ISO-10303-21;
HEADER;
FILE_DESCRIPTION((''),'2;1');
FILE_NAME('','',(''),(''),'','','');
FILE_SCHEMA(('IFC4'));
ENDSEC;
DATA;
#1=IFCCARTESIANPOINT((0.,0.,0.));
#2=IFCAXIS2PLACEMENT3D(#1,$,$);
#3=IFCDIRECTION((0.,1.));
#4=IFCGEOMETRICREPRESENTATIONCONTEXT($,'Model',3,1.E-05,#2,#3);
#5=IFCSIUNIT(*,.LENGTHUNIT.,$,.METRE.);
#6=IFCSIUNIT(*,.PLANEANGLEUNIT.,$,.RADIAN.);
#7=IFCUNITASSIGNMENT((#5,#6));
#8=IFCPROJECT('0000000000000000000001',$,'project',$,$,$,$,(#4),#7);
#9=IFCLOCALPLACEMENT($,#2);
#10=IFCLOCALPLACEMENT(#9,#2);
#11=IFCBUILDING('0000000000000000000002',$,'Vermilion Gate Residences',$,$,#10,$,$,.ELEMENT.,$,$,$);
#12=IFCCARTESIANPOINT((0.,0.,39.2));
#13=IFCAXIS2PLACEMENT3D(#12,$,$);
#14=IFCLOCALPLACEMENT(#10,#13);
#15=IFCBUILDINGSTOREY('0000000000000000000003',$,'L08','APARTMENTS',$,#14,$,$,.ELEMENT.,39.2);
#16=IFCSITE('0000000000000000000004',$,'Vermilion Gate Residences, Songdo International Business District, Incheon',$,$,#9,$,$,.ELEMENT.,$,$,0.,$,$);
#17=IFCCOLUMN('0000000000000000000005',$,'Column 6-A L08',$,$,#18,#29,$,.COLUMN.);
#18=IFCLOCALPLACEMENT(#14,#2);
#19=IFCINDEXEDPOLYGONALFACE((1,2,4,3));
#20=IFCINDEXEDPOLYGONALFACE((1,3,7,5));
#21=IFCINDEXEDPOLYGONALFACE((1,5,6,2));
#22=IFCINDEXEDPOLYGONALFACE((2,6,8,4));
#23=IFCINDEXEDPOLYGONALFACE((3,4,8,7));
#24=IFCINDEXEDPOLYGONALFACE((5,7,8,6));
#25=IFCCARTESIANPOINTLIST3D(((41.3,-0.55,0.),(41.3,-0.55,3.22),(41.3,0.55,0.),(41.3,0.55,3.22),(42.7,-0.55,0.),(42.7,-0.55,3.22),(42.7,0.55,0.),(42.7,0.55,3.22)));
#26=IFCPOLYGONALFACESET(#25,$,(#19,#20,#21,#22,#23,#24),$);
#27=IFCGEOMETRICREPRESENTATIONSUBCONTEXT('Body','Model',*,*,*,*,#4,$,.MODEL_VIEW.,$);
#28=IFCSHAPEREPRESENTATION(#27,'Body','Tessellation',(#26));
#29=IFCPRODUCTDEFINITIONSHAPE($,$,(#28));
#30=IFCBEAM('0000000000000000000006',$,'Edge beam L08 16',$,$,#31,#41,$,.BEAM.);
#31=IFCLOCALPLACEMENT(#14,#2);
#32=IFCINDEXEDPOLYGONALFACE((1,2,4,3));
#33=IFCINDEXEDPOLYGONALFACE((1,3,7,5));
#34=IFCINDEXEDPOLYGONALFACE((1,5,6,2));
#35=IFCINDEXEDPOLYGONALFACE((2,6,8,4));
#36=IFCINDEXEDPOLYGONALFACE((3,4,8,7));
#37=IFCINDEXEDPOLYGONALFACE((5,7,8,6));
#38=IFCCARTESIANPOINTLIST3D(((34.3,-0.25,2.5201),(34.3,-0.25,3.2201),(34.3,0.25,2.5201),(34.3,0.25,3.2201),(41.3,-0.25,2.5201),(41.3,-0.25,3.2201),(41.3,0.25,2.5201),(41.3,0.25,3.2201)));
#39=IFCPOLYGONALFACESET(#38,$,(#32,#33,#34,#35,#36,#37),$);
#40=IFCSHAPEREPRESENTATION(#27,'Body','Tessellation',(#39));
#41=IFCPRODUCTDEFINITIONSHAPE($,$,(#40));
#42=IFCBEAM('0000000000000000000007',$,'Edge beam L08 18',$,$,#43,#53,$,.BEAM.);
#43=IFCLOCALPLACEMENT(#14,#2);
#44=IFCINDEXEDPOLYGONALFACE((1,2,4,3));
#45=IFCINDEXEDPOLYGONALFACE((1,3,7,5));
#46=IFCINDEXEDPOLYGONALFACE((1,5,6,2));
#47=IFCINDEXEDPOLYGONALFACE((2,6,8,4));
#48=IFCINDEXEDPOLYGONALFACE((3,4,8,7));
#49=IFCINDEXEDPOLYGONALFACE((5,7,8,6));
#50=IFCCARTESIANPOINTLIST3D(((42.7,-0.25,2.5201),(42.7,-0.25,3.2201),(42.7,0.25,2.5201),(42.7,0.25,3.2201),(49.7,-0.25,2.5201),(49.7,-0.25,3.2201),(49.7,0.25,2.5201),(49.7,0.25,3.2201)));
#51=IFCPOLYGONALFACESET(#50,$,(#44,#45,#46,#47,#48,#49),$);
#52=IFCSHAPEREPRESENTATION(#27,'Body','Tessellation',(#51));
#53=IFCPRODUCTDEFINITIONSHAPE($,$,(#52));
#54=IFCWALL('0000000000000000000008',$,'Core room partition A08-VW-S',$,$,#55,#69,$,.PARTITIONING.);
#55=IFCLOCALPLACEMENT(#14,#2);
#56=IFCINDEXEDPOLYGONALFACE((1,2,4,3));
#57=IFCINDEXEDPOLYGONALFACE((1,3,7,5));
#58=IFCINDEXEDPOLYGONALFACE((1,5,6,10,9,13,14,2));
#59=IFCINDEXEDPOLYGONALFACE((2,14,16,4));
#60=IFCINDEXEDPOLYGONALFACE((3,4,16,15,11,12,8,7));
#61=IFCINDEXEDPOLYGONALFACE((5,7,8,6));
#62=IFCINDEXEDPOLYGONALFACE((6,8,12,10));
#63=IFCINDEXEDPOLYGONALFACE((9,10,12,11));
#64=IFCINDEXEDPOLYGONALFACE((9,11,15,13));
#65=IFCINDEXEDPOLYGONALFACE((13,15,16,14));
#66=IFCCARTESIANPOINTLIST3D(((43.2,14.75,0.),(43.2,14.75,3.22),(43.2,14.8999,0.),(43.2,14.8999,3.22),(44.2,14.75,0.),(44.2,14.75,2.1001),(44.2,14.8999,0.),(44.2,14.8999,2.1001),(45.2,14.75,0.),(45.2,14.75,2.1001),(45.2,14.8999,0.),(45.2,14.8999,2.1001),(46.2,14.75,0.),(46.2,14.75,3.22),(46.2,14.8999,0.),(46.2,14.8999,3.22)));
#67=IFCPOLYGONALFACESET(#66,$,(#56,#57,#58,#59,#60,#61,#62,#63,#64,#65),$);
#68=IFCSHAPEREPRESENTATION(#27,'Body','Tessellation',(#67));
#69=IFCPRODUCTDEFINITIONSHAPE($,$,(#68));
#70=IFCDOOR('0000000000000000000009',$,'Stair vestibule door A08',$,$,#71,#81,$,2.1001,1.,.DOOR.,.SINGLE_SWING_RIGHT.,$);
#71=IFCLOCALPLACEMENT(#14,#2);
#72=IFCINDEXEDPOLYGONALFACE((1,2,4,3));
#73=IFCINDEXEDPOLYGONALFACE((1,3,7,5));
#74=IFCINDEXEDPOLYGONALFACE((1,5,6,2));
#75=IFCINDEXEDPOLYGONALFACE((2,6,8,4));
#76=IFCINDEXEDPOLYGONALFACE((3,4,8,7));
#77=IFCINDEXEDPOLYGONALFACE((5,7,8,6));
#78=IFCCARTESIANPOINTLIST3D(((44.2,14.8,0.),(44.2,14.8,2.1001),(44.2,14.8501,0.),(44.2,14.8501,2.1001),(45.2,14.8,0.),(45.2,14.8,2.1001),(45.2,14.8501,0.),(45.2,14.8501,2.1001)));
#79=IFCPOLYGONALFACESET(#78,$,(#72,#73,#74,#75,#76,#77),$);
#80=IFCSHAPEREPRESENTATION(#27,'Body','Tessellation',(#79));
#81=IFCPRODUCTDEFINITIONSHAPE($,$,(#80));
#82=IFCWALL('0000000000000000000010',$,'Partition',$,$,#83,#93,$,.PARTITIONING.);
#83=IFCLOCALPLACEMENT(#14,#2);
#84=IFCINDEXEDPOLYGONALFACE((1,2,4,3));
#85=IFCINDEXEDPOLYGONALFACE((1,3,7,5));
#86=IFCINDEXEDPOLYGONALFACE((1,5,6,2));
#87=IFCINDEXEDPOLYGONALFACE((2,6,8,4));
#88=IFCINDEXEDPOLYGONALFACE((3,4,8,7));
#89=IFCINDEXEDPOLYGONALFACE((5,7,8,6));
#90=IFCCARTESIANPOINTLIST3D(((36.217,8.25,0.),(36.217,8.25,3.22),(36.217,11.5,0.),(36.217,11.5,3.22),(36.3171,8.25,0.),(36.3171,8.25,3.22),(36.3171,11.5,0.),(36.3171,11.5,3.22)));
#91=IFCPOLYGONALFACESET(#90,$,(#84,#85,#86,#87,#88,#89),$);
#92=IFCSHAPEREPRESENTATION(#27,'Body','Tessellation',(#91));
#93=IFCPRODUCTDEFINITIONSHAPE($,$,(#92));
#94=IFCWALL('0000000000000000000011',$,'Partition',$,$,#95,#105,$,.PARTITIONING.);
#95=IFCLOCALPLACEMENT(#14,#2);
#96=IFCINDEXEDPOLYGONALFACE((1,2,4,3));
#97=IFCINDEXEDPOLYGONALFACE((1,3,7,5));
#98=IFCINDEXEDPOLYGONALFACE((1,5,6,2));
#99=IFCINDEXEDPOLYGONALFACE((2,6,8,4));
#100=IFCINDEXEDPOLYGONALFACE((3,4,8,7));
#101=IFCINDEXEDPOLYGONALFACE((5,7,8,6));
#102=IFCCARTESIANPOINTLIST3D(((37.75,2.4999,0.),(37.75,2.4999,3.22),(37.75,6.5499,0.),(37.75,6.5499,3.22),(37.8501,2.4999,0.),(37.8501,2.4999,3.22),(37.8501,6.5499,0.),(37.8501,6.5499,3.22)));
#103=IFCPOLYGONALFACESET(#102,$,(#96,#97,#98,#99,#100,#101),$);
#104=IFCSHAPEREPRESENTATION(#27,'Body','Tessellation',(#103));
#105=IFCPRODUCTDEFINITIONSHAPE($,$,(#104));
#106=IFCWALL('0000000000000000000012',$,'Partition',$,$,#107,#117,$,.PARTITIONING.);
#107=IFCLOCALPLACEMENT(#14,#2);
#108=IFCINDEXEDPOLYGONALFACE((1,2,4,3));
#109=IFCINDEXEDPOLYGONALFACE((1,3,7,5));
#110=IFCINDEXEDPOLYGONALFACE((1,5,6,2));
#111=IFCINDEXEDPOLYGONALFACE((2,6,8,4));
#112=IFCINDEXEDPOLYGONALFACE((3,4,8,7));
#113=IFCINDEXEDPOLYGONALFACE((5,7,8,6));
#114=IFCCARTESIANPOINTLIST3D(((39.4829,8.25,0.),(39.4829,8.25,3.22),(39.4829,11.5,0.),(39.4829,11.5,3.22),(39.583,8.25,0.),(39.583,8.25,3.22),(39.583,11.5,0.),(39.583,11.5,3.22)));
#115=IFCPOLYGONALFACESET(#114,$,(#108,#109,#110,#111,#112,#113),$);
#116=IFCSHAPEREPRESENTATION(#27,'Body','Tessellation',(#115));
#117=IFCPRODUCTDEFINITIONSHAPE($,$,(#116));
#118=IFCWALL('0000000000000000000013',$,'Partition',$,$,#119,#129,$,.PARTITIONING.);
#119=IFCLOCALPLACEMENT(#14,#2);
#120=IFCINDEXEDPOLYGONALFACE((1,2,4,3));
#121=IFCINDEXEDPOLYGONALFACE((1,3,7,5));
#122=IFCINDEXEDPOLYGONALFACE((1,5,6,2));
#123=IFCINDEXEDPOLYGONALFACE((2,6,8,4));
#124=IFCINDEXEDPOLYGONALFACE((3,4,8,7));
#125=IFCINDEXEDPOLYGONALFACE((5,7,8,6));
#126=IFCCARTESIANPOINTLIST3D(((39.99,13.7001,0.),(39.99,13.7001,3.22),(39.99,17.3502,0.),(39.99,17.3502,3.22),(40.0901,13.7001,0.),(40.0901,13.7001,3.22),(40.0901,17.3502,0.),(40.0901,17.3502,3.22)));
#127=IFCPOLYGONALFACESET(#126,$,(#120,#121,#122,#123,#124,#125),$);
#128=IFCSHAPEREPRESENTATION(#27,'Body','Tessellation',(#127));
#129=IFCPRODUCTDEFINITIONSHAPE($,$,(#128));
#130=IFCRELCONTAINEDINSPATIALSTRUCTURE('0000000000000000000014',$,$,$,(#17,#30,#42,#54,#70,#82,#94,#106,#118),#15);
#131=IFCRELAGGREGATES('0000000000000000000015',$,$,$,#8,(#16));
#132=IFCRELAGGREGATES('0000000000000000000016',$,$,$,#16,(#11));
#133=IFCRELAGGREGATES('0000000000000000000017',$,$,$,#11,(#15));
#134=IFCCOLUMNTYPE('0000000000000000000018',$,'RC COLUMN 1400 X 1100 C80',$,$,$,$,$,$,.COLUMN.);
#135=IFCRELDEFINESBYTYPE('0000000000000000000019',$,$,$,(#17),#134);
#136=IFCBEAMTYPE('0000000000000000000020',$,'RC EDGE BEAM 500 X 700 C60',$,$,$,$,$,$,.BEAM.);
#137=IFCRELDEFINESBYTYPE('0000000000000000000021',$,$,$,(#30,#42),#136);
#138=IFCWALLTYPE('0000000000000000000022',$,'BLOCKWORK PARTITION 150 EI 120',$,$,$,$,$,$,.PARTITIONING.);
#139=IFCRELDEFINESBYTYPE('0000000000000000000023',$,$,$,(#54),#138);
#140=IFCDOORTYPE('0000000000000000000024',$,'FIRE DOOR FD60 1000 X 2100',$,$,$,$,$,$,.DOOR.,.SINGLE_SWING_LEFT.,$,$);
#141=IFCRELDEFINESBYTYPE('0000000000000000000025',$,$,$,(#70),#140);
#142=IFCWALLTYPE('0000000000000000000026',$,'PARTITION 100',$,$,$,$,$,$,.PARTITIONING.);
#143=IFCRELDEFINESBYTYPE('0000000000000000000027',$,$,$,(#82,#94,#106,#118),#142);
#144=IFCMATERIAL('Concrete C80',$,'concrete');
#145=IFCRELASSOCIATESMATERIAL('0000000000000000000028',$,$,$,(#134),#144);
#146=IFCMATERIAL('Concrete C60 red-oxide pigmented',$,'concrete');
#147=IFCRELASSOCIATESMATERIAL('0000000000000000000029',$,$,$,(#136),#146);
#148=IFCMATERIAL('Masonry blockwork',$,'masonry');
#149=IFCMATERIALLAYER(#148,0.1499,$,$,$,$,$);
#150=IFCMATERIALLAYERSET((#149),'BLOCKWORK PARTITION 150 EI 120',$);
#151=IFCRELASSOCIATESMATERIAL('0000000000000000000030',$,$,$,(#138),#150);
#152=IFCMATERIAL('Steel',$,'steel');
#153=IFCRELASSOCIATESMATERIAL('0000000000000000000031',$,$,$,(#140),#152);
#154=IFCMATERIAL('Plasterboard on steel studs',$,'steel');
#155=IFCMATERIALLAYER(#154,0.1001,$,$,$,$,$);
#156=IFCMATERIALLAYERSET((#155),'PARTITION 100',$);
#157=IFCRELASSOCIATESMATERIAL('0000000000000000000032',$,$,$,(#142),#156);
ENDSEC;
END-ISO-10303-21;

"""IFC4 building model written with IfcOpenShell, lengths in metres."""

from ifc_helpers import new_model, si_unit, direction, frame, frame_2d, origin, origin_2d, place, context, subcontext, project, spatial, rectangle, extrude, material, layer, layer_set, material_profile, profile_set, type_object, element, fill, save


model = new_model("IFC4")

# Units and contexts
model_context = context("Model", 3, precision=1e-05, world=origin(), true_north=direction((0.0, 1.0)))
body_context = subcontext(model_context, "Body", "Model", "MODEL_VIEW")
ifc_project = project(units=[si_unit("LENGTHUNIT", "METRE"), si_unit("PLANEANGLEUNIT", "RADIAN")], contexts=[model_context])

# Site, building, storey
site_placement = place(None, origin())
site = spatial("IfcSite", under=ifc_project, at=site_placement, Name="Vermilion Gate Residences, Songdo International Business District, Incheon", CompositionType="ELEMENT", RefElevation=0.0)
building_placement = place(site_placement, origin())
building = spatial("IfcBuilding", under=site, at=building_placement, Name="Vermilion Gate Residences", CompositionType="ELEMENT")
storey_placement = place(building_placement, frame((0.0, 0.0, 39.2)))
storey = spatial("IfcBuildingStorey", under=building, at=storey_placement, Name="L08", Description="APARTMENTS", CompositionType="ELEMENT", Elevation=39.2)

# Column
ifc_material_1 = material(Name="Concrete C80", Category="concrete")
ifc_material_profile_1 = material_profile(ifc_material_1, rectangle(XDim=1.3999, YDim=1.1001, at=origin_2d()), Name="RC-1400x1100")
ifc_profile_set_1 = profile_set([ifc_material_profile_1], Name="Concrete C80")
column_type = type_object("IfcColumnType", Name="RC COLUMN 1400 X 1100 C80", PredefinedType="COLUMN", material=ifc_profile_set_1)
column_placement = place(storey_placement, frame((42.0, 0.0, 0.0), z_axis=(0.0, 0.0, 1.0), x_axis=(1.0, 0.0, 0.0)))
element("IfcColumn", 1, at=column_placement, inside=storey, type_object=column_type, Name="Column 6-A L08", PredefinedType="COLUMN", context=body_context, shape_type="SweptSolid", body=[
    extrude(rectangle(XDim=1.3999, YDim=1.1001, at=origin_2d()), origin(), (0.0, 0.0, 1.0), 3.22),
])

# Beams
ifc_material_2 = material(Name="Concrete C60 red-oxide pigmented", Category="concrete")
ifc_material_profile_2 = material_profile(ifc_material_2, rectangle(XDim=0.5, YDim=0.7, at=origin_2d()), Name="RC-500x700")
ifc_profile_set_2 = profile_set([ifc_material_profile_2], Name="Concrete C60 red-oxide pigmented")
beam_type = type_object("IfcBeamType", Name="RC EDGE BEAM 500 X 700 C60", PredefinedType="BEAM", material=ifc_profile_set_2)
for number, where, z_axis, x_axis, name in (
    (2, (34.3, 0.0, 2.8701), (1.0, 0.0, 0.0), (0.0, 1.0, 0.0), "Edge beam L08 16"),
    (3, (42.7, 0.0, 2.8701), (1.0, 0.0, 0.0), (0.0, 1.0, 0.0), "Edge beam L08 18"),
):
    element("IfcBeam", number, at=place(storey_placement, frame(where, z_axis=z_axis, x_axis=x_axis)), inside=storey, type_object=beam_type, Name=name, PredefinedType="BEAM", context=body_context, shape_type="SweptSolid", body=[
        extrude(rectangle(XDim=0.5, YDim=0.7, at=origin_2d()), origin(), (0.0, 0.0, 1.0), 7.0),
    ])

# Wall, opening, door
ifc_material_3 = material(Name="Masonry blockwork", Category="masonry")
ifc_layer_1 = layer(ifc_material_3, 0.1499)
ifc_layer_set_1 = layer_set([ifc_layer_1], Name="BLOCKWORK PARTITION 150 EI 120")
wall_type_1 = type_object("IfcWallType", Name="BLOCKWORK PARTITION 150 EI 120", PredefinedType="PARTITIONING", material=ifc_layer_set_1)
wall_1_placement = place(storey_placement, frame((43.2, 14.825, 0.0), z_axis=(0.0, 0.0, 1.0), x_axis=(1.0, 0.0, 0.0)))
wall_1 = element("IfcWall", 4, at=wall_1_placement, inside=storey, type_object=wall_type_1, Name="Core room partition A08-VW-S", PredefinedType="PARTITIONING", context=body_context, shape_type="SweptSolid", body=[
    extrude(rectangle(XDim=3.0, YDim=0.1499, at=frame_2d((1.5, 0.0))), origin(), (0.0, 0.0, 1.0), 3.22),
])
opening_1_placement = place(wall_1_placement, frame((1.0, 0.0, 0.0)))
opening_1 = element("IfcOpeningElement", 5, at=opening_1_placement, cuts=wall_1, PredefinedType="OPENING", context=body_context, shape_type="SweptSolid", body=[
    extrude(rectangle(XDim=1.0, YDim=2.1001, at=frame_2d((0.5, 1.05))), frame((0.0, 0.085, 0.0), z_axis=(0.0, -1.0, 0.0), x_axis=(1.0, 0.0, 0.0)), (0.0, 0.0, 1.0), 0.1699),
])
ifc_material_4 = material(Name="Steel", Category="steel")
door_type_1 = type_object("IfcDoorType", Name="FIRE DOOR FD60 1000 X 2100", OperationType="SINGLE_SWING_LEFT", PredefinedType="DOOR", material=ifc_material_4)
door_1_placement = place(opening_1_placement, frame((1.0, 0.0, 0.0), z_axis=(0.0, 0.0, 1.0), x_axis=(-1.0, 0.0, 0.0)))
door_1 = element("IfcDoor", 6, at=door_1_placement, inside=storey, type_object=door_type_1, Name="Stair vestibule door A08", OperationType="SINGLE_SWING_RIGHT", OverallHeight=2.1001, OverallWidth=1.0, PredefinedType="DOOR", context=body_context, shape_type="SweptSolid", body=[
    extrude(rectangle(XDim=1.0, YDim=2.1001, at=frame_2d((0.5, 1.05))), frame((0.0, 0.0249, 0.0), z_axis=(0.0, -1.0, 0.0), x_axis=(1.0, 0.0, 0.0)), (0.0, 0.0, 1.0), 0.05),
])
fill(opening_1, door_1)

# Walls
ifc_material_5 = material(Name="Plasterboard on steel studs", Category="steel")
ifc_layer_2 = layer(ifc_material_5, 0.1001)
ifc_layer_set_2 = layer_set([ifc_layer_2], Name="PARTITION 100")
wall_type_2 = type_object("IfcWallType", Name="PARTITION 100", PredefinedType="PARTITIONING", material=ifc_layer_set_2)
wall_2_placement = place(storey_placement, frame((36.2671, 8.25, 0.0), z_axis=(0.0, 0.0, 1.0), x_axis=(0.0, 1.0, 0.0)))
element("IfcWall", 7, at=wall_2_placement, inside=storey, type_object=wall_type_2, Name="Partition", PredefinedType="PARTITIONING", context=body_context, shape_type="SweptSolid", body=[
    extrude(rectangle(XDim=3.25, YDim=0.1001, at=frame_2d((1.625, 0.0))), origin(), (0.0, 0.0, 1.0), 3.22),
])
wall_3_placement = place(storey_placement, frame((37.8, 2.5, 0.0), z_axis=(0.0, 0.0, 1.0), x_axis=(0.0, 1.0, 0.0)))
element("IfcWall", 8, at=wall_3_placement, inside=storey, type_object=wall_type_2, Name="Partition", PredefinedType="PARTITIONING", context=body_context, shape_type="SweptSolid", body=[
    extrude(rectangle(XDim=4.05, YDim=0.1001, at=frame_2d((2.0249, 0.0))), origin(), (0.0, 0.0, 1.0), 3.22),
])
wall_4_placement = place(storey_placement, frame((39.533, 8.25, 0.0), z_axis=(0.0, 0.0, 1.0), x_axis=(0.0, 1.0, 0.0)))
element("IfcWall", 9, at=wall_4_placement, inside=storey, type_object=wall_type_2, Name="Partition", PredefinedType="PARTITIONING", context=body_context, shape_type="SweptSolid", body=[
    extrude(rectangle(XDim=3.25, YDim=0.1001, at=frame_2d((1.625, 0.0))), origin(), (0.0, 0.0, 1.0), 3.22),
])
wall_5_placement = place(storey_placement, frame((40.04, 13.7, 0.0), z_axis=(0.0, 0.0, 1.0), x_axis=(0.0, 1.0, 0.0)))
element("IfcWall", 10, at=wall_5_placement, inside=storey, type_object=wall_type_2, Name="Partition", PredefinedType="PARTITIONING", context=body_context, shape_type="SweptSolid", body=[
    extrude(rectangle(XDim=3.6501, YDim=0.1001, at=frame_2d((1.8252, 0.0))), origin(), (0.0, 0.0, 1.0), 3.22),
])

save(model, "model.ifc")
